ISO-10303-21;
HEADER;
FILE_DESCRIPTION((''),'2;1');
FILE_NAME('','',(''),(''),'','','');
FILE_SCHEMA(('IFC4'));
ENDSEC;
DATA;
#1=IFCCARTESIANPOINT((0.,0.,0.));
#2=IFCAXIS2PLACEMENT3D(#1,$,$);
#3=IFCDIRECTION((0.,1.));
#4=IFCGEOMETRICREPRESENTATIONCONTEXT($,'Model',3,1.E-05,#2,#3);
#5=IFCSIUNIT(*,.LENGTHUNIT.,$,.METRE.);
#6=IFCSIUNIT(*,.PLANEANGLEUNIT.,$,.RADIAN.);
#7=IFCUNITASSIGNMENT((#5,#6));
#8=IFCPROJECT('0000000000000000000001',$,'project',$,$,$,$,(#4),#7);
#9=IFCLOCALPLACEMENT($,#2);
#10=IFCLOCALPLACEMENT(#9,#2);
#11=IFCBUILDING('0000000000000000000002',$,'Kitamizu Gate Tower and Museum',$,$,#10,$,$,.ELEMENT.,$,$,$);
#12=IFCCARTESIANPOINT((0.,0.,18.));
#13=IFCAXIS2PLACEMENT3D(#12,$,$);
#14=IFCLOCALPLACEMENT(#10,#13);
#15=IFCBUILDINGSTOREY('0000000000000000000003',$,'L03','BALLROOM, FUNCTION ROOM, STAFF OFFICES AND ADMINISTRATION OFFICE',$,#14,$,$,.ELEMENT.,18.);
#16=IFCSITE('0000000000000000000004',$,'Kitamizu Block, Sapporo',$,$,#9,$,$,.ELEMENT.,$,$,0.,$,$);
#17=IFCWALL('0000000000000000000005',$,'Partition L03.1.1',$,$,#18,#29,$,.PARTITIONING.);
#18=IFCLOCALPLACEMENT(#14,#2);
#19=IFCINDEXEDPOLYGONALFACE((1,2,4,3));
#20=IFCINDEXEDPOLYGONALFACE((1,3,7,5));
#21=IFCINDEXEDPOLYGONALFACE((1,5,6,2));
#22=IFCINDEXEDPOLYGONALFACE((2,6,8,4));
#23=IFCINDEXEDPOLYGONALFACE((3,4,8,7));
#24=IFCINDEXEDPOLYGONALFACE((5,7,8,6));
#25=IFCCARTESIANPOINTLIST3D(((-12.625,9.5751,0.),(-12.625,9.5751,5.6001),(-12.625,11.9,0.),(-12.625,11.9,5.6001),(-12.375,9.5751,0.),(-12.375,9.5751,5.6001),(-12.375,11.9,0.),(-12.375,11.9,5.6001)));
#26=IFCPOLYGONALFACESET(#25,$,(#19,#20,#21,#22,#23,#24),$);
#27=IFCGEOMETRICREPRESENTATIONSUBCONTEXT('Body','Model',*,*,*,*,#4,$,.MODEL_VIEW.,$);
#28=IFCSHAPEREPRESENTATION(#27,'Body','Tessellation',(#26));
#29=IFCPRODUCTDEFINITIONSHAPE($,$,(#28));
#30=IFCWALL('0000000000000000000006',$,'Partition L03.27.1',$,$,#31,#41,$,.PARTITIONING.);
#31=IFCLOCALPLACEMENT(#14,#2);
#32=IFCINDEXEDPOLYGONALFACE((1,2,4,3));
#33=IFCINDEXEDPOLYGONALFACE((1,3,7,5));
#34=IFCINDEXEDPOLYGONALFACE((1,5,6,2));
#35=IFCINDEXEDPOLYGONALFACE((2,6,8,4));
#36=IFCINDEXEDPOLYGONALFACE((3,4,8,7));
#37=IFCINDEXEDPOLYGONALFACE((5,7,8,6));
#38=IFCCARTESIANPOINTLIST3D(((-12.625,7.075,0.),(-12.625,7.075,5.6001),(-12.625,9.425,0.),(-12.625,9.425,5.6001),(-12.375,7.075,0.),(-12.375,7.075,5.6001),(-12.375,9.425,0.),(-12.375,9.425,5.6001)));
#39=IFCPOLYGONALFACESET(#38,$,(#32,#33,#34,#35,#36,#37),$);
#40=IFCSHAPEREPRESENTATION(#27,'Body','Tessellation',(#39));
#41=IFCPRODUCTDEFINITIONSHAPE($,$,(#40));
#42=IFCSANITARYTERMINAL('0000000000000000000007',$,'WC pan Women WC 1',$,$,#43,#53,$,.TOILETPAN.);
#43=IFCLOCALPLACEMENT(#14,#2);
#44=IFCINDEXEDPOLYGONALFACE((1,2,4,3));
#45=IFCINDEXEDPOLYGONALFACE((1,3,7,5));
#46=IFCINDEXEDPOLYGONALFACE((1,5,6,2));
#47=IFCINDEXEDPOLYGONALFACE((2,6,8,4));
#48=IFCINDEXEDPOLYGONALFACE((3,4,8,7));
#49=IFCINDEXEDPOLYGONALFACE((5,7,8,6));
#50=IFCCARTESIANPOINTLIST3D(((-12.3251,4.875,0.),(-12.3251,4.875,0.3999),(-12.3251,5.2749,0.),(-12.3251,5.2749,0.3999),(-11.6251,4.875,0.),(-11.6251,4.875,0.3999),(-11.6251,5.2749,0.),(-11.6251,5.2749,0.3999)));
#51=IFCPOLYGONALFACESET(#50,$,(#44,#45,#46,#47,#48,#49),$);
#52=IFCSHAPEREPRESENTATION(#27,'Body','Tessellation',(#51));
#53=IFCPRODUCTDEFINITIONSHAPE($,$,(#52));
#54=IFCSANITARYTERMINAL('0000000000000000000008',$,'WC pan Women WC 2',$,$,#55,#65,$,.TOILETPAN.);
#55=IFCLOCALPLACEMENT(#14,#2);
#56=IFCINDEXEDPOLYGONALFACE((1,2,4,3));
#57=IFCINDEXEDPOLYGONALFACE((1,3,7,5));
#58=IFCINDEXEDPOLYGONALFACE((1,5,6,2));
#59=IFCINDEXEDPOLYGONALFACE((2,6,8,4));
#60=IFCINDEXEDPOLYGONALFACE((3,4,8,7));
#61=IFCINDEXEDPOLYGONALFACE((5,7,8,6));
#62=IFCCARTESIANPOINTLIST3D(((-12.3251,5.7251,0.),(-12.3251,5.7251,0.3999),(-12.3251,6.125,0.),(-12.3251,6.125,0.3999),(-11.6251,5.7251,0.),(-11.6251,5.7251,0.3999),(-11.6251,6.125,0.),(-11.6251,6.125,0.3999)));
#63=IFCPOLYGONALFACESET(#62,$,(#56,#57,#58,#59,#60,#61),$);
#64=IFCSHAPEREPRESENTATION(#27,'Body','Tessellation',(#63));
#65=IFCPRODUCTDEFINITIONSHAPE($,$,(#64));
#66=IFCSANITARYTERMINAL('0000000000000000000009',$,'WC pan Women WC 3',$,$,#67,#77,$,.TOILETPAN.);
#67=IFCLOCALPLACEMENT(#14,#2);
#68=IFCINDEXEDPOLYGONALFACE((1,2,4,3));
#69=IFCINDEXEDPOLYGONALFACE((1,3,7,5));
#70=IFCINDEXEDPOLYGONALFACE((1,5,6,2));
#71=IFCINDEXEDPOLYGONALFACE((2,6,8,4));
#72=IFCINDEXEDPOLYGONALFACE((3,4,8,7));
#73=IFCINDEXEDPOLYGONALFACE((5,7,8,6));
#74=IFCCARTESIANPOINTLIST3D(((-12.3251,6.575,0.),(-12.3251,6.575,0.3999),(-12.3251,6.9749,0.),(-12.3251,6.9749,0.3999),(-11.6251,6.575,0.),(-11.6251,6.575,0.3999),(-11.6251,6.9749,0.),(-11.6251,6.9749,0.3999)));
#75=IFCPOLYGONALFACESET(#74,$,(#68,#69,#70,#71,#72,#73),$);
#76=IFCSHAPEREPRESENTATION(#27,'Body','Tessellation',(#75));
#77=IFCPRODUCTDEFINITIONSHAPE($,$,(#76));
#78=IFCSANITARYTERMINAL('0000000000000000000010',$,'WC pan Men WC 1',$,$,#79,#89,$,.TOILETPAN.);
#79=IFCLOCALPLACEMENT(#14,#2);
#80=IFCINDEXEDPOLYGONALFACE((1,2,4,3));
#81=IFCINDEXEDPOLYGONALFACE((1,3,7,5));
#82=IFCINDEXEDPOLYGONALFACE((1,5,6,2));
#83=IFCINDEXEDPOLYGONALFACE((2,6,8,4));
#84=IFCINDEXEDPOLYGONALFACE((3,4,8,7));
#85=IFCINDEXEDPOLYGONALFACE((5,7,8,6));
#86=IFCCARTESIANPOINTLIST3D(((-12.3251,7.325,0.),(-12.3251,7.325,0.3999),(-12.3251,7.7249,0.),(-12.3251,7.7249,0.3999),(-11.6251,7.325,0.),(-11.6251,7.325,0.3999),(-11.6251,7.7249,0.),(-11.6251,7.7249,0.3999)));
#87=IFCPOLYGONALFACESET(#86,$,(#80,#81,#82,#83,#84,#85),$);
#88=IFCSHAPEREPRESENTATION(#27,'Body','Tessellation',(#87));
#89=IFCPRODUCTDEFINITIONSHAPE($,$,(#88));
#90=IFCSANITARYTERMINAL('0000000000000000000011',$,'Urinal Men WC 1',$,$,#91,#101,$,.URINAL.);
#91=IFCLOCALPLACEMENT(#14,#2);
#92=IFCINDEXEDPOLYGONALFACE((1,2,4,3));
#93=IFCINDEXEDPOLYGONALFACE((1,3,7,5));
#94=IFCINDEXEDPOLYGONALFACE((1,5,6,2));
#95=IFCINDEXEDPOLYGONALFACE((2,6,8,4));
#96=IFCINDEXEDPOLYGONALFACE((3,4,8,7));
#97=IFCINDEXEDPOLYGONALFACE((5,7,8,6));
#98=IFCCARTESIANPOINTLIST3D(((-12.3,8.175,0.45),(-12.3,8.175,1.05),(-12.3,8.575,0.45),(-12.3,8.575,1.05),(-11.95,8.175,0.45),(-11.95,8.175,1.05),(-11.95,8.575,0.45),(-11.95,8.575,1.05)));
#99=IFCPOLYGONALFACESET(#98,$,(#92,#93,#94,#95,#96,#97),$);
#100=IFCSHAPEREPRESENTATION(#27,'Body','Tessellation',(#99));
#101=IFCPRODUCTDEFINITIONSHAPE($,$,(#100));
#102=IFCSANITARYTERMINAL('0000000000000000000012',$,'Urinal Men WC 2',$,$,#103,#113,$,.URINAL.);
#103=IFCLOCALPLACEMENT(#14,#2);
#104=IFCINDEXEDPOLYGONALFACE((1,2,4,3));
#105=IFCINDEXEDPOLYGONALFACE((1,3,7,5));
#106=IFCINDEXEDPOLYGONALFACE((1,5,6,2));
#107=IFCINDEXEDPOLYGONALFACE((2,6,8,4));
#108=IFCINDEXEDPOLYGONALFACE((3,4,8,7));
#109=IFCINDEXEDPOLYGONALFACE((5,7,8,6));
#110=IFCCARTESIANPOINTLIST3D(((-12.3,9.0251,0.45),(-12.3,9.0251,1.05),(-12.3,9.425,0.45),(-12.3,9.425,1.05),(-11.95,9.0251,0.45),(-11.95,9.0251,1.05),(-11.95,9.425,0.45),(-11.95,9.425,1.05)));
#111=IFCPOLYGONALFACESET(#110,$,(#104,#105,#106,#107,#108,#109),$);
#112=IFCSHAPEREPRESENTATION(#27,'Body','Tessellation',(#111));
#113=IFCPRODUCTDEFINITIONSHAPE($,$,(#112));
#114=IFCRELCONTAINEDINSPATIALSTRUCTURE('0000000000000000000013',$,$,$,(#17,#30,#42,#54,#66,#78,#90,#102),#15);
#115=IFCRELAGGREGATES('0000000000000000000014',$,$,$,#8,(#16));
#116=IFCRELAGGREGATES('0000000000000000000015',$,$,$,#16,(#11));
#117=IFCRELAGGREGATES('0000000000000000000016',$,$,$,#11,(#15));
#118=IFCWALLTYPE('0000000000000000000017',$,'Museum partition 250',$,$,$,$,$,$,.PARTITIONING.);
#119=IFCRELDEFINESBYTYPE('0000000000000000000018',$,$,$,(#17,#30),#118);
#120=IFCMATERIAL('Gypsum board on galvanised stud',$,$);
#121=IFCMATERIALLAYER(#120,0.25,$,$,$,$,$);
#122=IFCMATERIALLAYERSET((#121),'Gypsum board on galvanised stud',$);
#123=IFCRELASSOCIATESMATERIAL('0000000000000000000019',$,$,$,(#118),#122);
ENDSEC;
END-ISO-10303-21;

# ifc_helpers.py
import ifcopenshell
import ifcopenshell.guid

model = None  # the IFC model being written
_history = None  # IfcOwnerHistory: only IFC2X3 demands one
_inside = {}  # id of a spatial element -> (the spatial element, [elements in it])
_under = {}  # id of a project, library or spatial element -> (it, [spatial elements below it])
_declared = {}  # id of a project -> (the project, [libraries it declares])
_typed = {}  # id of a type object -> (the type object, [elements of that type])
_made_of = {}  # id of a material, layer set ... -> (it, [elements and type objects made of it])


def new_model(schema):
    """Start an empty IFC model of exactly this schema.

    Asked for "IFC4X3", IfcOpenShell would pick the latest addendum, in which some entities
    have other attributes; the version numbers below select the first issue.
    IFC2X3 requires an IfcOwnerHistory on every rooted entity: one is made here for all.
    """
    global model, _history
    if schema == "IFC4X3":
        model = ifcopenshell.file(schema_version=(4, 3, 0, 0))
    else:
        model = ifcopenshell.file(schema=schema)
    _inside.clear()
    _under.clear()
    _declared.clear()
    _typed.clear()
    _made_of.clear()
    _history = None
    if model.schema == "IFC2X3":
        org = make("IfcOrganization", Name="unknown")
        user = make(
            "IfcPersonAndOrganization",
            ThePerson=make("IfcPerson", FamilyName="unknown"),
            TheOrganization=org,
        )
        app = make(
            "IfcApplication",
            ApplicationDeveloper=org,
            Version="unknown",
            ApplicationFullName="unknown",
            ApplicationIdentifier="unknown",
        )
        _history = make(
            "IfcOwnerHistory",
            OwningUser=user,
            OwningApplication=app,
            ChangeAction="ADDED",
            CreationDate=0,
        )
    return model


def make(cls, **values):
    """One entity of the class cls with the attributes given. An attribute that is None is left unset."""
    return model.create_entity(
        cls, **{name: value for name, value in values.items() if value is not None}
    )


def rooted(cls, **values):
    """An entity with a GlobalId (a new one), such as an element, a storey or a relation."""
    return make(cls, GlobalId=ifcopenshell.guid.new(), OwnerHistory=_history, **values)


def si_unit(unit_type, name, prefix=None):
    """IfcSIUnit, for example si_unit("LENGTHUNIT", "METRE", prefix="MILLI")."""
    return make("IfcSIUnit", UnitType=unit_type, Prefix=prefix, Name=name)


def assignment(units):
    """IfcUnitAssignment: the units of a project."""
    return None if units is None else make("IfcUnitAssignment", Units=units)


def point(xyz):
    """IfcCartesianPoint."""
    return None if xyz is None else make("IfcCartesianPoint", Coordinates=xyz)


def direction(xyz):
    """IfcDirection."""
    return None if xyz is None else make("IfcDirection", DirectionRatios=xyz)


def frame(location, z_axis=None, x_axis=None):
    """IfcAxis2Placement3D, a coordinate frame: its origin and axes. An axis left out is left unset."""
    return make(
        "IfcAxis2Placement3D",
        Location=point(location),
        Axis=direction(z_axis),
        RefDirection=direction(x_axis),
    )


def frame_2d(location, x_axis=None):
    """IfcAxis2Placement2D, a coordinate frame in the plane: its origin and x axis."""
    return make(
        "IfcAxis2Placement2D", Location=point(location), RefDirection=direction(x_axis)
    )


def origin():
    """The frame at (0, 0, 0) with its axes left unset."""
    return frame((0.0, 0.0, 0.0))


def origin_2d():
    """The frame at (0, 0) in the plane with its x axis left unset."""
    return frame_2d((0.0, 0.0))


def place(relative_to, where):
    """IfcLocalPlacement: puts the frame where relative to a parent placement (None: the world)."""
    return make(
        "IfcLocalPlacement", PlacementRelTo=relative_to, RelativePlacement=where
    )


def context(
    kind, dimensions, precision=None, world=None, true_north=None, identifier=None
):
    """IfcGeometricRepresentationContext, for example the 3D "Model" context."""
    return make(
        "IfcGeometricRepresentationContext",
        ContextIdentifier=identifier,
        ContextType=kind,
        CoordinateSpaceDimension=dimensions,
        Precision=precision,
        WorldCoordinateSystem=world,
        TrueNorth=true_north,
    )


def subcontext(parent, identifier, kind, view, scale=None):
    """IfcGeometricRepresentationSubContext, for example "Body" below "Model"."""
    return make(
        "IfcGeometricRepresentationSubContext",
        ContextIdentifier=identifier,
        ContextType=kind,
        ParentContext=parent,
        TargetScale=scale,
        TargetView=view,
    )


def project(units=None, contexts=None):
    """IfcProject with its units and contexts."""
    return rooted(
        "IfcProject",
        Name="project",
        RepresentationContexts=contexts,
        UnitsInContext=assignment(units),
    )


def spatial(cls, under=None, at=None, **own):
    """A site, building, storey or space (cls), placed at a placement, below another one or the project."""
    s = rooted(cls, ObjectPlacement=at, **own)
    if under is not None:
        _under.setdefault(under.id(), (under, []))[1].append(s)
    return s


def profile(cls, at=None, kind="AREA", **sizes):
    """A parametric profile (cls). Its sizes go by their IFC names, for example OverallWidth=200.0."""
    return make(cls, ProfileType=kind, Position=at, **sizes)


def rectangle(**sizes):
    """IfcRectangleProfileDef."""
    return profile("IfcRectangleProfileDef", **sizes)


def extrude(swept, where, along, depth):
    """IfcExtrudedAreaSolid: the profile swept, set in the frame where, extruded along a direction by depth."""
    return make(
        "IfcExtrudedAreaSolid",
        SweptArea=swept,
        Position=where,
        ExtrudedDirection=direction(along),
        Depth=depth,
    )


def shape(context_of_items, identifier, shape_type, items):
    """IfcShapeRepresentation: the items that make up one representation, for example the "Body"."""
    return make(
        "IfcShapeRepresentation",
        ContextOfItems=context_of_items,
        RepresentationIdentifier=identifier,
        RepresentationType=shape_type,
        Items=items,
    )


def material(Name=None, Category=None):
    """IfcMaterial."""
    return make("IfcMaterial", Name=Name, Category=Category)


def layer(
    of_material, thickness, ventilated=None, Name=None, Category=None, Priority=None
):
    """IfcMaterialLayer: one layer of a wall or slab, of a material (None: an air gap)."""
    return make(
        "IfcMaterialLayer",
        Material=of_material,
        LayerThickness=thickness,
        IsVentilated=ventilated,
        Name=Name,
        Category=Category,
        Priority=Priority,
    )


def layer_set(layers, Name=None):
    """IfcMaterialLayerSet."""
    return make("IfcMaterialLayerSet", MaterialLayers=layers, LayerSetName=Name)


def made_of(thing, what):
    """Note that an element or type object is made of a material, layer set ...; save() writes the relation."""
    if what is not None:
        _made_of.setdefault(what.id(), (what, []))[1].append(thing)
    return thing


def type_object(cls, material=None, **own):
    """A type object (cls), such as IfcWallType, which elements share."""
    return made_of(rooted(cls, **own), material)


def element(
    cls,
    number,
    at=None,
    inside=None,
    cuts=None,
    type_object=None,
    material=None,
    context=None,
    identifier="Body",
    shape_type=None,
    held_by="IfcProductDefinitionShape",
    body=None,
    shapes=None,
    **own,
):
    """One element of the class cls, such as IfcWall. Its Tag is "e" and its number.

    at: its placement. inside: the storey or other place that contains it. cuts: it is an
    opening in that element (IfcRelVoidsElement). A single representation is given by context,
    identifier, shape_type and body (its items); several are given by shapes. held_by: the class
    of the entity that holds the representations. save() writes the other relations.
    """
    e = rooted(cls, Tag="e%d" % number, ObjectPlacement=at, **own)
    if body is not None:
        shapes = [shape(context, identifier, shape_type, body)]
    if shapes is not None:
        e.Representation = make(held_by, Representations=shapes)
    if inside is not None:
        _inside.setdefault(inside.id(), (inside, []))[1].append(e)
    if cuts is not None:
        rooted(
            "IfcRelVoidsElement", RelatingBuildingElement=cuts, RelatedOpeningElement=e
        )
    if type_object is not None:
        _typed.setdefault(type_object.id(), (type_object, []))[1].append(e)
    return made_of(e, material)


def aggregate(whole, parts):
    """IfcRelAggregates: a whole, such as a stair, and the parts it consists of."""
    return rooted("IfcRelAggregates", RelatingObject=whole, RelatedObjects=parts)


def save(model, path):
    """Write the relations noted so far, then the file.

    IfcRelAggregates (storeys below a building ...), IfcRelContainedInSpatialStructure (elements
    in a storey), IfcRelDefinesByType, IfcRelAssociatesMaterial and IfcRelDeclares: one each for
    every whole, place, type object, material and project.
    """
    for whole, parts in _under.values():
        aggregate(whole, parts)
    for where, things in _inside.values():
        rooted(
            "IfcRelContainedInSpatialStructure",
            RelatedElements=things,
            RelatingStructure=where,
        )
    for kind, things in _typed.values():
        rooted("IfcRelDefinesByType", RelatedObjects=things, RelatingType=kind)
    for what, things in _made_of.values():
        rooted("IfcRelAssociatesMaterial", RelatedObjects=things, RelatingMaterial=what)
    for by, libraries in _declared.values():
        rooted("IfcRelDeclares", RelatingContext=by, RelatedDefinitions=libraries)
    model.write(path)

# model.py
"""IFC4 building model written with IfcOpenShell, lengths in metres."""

from ifc_helpers import new_model, si_unit, direction, frame, frame_2d, origin, origin_2d, place, context, subcontext, project, spatial, rectangle, extrude, material, layer, layer_set, type_object, element, save


model = new_model("IFC4")

# Units and contexts
model_context = context("Model", 3, precision=1e-05, world=origin(), true_north=direction((0.0, 1.0)))
body_context = subcontext(model_context, "Body", "Model", "MODEL_VIEW")
ifc_project = project(units=[si_unit("LENGTHUNIT", "METRE"), si_unit("PLANEANGLEUNIT", "RADIAN")], contexts=[model_context])

# Site, building, storey
site_placement = place(None, origin())
site = spatial("IfcSite", under=ifc_project, at=site_placement, Name="Kitamizu Block, Sapporo", CompositionType="ELEMENT", RefElevation=0.0)
building_placement = place(site_placement, origin())
building = spatial("IfcBuilding", under=site, at=building_placement, Name="Kitamizu Gate Tower and Museum", CompositionType="ELEMENT")
storey_placement = place(building_placement, frame((0.0, 0.0, 18.0)))
storey = spatial("IfcBuildingStorey", under=building, at=storey_placement, Name="L03", Description="BALLROOM, FUNCTION ROOM, STAFF OFFICES AND ADMINISTRATION OFFICE", CompositionType="ELEMENT", Elevation=18.0)

# Walls
ifc_material_1 = material(Name="Gypsum board on galvanised stud")
ifc_layer_1 = layer(ifc_material_1, 0.25)
ifc_layer_set_1 = layer_set([ifc_layer_1], Name="Gypsum board on galvanised stud")
wall_type_1 = type_object("IfcWallType", Name="Museum partition 250", PredefinedType="PARTITIONING", material=ifc_layer_set_1)
wall_1_placement = place(storey_placement, frame((-12.5, 9.575, 0.0), z_axis=(0.0, 0.0, 1.0), x_axis=(0.0, 1.0, 0.0)))
element("IfcWall", 1, at=wall_1_placement, inside=storey, type_object=wall_type_1, Name="Partition L03.1.1", PredefinedType="PARTITIONING", context=body_context, shape_type="SweptSolid", body=[
    extrude(rectangle(XDim=2.325, YDim=0.25, at=frame_2d((1.1626, 0.0))), origin(), (0.0, 0.0, 1.0), 5.6001),
])
wall_2_placement = place(storey_placement, frame((-12.5, 7.075, 0.0), z_axis=(0.0, 0.0, 1.0), x_axis=(0.0, 1.0, 0.0)))
element("IfcWall", 2, at=wall_2_placement, inside=storey, type_object=wall_type_1, Name="Partition L03.27.1", PredefinedType="PARTITIONING", context=body_context, shape_type="SweptSolid", body=[
    extrude(rectangle(XDim=2.3501, YDim=0.25, at=frame_2d((1.175, 0.0))), origin(), (0.0, 0.0, 1.0), 5.6001),
])

# Sanitary terminals
for number, where, z_axis, x_axis, name in (
    (3, (-11.9751, 5.075, 0.0), (0.0, 0.0, 1.0), (1.0, 0.0, 0.0), "WC pan Women WC 1"),
    (4, (-11.9751, 5.925, 0.0), (0.0, 0.0, 1.0), (1.0, 0.0, 0.0), "WC pan Women WC 2"),
    (5, (-11.9751, 6.7749, 0.0), (0.0, 0.0, 1.0), (1.0, 0.0, 0.0), "WC pan Women WC 3"),
    (6, (-11.9751, 7.5249, 0.0), (0.0, 0.0, 1.0), (1.0, 0.0, 0.0), "WC pan Men WC 1"),
):
    element("IfcSanitaryTerminal", number, at=place(storey_placement, frame(where, z_axis=z_axis, x_axis=x_axis)), inside=storey, Name=name, PredefinedType="TOILETPAN", context=body_context, shape_type="SweptSolid", body=[
        extrude(rectangle(XDim=0.7, YDim=0.3999, at=origin_2d()), origin(), (0.0, 0.0, 1.0), 0.3999),
    ])
for number, where, z_axis, x_axis, name in (
    (7, (-12.125, 8.375, 0.45), (0.0, 0.0, 1.0), (1.0, 0.0, 0.0), "Urinal Men WC 1"),
    (8, (-12.125, 9.2251, 0.45), (0.0, 0.0, 1.0), (1.0, 0.0, 0.0), "Urinal Men WC 2"),
):
    element("IfcSanitaryTerminal", number, at=place(storey_placement, frame(where, z_axis=z_axis, x_axis=x_axis)), inside=storey, Name=name, PredefinedType="URINAL", context=body_context, shape_type="SweptSolid", body=[
        extrude(rectangle(XDim=0.3501, YDim=0.3999, at=origin_2d()), origin(), (0.0, 0.0, 1.0), 0.6001),
    ])

save(model, "model.ifc")
